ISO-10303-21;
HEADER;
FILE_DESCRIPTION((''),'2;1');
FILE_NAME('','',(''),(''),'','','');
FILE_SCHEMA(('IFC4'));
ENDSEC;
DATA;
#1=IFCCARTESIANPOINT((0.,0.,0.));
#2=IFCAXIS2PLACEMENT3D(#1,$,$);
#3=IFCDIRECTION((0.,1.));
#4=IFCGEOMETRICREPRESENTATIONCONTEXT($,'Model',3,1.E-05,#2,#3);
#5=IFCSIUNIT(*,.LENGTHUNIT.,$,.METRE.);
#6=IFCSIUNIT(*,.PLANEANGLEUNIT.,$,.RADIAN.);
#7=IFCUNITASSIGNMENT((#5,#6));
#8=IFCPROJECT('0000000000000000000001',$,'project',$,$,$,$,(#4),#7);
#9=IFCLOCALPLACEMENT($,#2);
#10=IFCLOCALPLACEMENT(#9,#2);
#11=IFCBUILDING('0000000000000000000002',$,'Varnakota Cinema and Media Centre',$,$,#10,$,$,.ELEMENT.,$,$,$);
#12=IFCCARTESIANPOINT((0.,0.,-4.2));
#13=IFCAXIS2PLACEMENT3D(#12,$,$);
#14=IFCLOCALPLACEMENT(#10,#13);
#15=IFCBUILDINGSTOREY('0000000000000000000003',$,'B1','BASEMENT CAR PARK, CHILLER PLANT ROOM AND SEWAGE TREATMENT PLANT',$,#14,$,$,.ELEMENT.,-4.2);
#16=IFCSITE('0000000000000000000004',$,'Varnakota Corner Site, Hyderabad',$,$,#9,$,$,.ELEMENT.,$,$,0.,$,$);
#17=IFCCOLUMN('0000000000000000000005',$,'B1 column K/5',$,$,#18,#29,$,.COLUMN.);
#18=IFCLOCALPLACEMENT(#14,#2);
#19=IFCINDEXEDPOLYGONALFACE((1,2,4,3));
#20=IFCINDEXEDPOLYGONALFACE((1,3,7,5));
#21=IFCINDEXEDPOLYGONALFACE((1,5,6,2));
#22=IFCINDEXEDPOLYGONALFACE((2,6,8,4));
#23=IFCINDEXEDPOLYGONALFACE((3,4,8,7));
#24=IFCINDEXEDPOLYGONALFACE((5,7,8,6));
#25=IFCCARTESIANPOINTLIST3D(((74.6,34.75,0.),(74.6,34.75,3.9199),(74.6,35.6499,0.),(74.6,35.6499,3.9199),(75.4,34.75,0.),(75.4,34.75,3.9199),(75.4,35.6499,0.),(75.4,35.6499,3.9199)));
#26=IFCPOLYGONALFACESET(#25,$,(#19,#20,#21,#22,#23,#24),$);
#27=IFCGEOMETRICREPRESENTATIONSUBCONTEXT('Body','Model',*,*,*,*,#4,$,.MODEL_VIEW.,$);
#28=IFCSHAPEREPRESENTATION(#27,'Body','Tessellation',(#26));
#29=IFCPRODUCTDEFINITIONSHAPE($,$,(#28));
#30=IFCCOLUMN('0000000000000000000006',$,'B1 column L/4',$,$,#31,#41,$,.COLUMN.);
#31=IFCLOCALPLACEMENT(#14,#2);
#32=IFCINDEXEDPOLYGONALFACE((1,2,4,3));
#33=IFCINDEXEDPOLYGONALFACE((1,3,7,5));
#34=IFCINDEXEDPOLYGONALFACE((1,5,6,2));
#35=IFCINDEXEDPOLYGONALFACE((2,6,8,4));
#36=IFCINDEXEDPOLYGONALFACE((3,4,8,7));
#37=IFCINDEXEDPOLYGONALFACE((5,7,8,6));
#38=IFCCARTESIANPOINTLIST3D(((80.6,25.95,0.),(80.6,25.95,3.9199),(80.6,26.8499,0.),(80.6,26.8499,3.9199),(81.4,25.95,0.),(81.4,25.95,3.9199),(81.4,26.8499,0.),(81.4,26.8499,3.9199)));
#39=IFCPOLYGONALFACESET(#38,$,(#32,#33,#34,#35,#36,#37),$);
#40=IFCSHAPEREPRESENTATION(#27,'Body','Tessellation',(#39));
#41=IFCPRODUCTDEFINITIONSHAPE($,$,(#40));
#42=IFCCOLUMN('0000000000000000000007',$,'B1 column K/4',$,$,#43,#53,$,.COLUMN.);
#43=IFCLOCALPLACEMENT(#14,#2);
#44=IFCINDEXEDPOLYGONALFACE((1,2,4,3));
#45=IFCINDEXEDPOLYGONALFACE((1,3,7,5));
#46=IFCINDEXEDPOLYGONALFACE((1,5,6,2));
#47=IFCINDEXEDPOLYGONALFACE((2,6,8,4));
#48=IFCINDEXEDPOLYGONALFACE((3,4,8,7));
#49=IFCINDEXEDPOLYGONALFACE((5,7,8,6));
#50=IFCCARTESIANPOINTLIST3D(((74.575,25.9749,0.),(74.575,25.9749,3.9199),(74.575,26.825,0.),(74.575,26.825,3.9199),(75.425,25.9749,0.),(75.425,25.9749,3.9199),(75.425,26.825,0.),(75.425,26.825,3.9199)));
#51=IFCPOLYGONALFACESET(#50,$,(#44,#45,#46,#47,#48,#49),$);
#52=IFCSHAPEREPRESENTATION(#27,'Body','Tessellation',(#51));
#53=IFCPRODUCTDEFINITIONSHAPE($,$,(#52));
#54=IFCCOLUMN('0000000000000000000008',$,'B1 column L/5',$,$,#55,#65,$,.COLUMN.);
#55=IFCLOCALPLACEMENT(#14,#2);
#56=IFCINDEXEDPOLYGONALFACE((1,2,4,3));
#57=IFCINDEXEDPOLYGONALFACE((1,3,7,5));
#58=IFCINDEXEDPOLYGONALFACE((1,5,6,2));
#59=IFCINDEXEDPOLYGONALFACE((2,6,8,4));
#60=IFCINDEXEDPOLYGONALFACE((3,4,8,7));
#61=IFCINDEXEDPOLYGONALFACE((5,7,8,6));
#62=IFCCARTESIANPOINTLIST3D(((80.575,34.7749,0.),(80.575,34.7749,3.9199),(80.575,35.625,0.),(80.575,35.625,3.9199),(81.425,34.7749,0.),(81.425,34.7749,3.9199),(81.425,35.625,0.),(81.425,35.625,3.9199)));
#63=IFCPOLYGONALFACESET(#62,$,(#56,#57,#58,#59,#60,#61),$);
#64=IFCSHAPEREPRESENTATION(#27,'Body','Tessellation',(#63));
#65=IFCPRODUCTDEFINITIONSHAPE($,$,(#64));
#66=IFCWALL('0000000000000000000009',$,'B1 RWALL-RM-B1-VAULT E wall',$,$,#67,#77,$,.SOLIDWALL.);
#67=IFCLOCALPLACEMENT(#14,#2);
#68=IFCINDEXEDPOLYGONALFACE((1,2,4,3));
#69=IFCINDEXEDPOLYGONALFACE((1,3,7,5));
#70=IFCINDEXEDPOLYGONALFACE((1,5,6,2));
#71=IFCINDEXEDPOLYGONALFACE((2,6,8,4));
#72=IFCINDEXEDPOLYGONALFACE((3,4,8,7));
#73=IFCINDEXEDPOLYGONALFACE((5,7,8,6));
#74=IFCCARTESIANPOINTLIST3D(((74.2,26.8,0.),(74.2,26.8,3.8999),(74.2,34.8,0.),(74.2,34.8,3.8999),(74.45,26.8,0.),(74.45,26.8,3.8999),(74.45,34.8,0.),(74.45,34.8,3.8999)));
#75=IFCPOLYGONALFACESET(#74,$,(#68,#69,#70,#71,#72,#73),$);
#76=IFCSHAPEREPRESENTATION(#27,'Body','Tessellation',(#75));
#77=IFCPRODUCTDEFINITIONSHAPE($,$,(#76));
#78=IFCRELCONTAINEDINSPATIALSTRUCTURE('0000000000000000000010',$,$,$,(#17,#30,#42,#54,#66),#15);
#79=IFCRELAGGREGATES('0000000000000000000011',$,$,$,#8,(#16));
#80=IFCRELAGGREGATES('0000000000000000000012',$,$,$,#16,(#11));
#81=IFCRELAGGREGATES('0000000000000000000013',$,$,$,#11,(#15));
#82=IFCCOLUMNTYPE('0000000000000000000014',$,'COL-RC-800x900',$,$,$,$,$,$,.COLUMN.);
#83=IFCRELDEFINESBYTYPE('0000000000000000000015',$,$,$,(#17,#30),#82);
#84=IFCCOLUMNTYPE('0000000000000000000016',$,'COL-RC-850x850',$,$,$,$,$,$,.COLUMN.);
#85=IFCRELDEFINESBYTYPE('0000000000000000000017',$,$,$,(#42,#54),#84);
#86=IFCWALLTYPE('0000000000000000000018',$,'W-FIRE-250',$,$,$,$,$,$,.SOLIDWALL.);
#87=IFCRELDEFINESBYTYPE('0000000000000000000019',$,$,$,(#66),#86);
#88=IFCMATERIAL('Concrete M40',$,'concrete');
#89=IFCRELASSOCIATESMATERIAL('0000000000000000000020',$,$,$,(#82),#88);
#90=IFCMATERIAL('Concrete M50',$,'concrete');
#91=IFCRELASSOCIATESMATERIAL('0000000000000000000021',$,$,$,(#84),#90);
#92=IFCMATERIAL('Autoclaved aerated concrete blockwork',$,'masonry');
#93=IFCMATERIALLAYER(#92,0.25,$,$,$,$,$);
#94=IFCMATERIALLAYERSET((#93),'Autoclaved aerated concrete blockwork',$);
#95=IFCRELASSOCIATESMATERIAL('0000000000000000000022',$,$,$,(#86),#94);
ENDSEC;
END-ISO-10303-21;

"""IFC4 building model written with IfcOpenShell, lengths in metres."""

from ifc_helpers import new_model, si_unit, direction, frame, frame_2d, origin, origin_2d, place, context, subcontext, project, spatial, rectangle, extrude, material, layer, layer_set, material_profile, profile_set, type_object, element, save


model = new_model("IFC4")

# Units and contexts
model_context = context("Model", 3, precision=1e-05, world=origin(), true_north=direction((0.0, 1.0)))
body_context = subcontext(model_context, "Body", "Model", "MODEL_VIEW")
ifc_project = project(units=[si_unit("LENGTHUNIT", "METRE"), si_unit("PLANEANGLEUNIT", "RADIAN")], contexts=[model_context])

# Site, building, storey
site_placement = place(None, origin())
site = spatial("IfcSite", under=ifc_project, at=site_placement, Name="Varnakota Corner Site, Hyderabad", CompositionType="ELEMENT", RefElevation=0.0)
building_placement = place(site_placement, origin())
building = spatial("IfcBuilding", under=site, at=building_placement, Name="Varnakota Cinema and Media Centre", CompositionType="ELEMENT")
storey_placement = place(building_placement, frame((0.0, 0.0, -4.2)))
storey = spatial("IfcBuildingStorey", under=building, at=storey_placement, Name="B1", Description="BASEMENT CAR PARK, CHILLER PLANT ROOM AND SEWAGE TREATMENT PLANT", CompositionType="ELEMENT", Elevation=-4.2)

# Columns
ifc_material_1 = material(Name="Concrete M40", Category="concrete")
ifc_material_profile_1 = material_profile(ifc_material_1, rectangle(XDim=0.8, YDim=0.8999, at=origin_2d()), Name="RC 800x900")
ifc_profile_set_1 = profile_set([ifc_material_profile_1], Name="Concrete M40")
column_type_1 = type_object("IfcColumnType", Name="COL-RC-800x900", PredefinedType="COLUMN", material=ifc_profile_set_1)
for number, where, z_axis, x_axis, name in (
    (1, (75.0, 35.2, 0.0), (0.0, 0.0, 1.0), (1.0, 0.0, 0.0), "B1 column K/5"),
    (2, (81.0, 26.3999, 0.0), (0.0, 0.0, 1.0), (1.0, 0.0, 0.0), "B1 column L/4"),
):
    element("IfcColumn", number, at=place(storey_placement, frame(where, z_axis=z_axis, x_axis=x_axis)), inside=storey, type_object=column_type_1, Name=name, PredefinedType="COLUMN", context=body_context, shape_type="SweptSolid", body=[
        extrude(rectangle(XDim=0.8, YDim=0.8999, at=origin_2d()), origin(), (0.0, 0.0, 1.0), 3.9199),
    ])
ifc_material_2 = material(Name="Concrete M50", Category="concrete")
ifc_material_profile_2 = material_profile(ifc_material_2, rectangle(XDim=0.8501, YDim=0.8501, at=origin_2d()), Name="RC 850x850")
ifc_profile_set_2 = profile_set([ifc_material_profile_2], Name="Concrete M50")
column_type_2 = type_object("IfcColumnType", Name="COL-RC-850x850", PredefinedType="COLUMN", material=ifc_profile_set_2)
for number, where, z_axis, x_axis, name in (
    (3, (75.0, 26.3999, 0.0), (0.0, 0.0, 1.0), (1.0, 0.0, 0.0), "B1 column K/4"),
    (4, (81.0, 35.2, 0.0), (0.0, 0.0, 1.0), (1.0, 0.0, 0.0), "B1 column L/5"),
):
    element("IfcColumn", number, at=place(storey_placement, frame(where, z_axis=z_axis, x_axis=x_axis)), inside=storey, type_object=column_type_2, Name=name, PredefinedType="COLUMN", context=body_context, shape_type="SweptSolid", body=[
        extrude(rectangle(XDim=0.8501, YDim=0.8501, at=origin_2d()), origin(), (0.0, 0.0, 1.0), 3.9199),
    ])

# Wall
ifc_material_3 = material(Name="Autoclaved aerated concrete blockwork", Category="masonry")
ifc_layer = layer(ifc_material_3, 0.25)
ifc_layer_set = layer_set([ifc_layer], Name="Autoclaved aerated concrete blockwork")
wall_type = type_object("IfcWallType", Name="W-FIRE-250", PredefinedType="SOLIDWALL", material=ifc_layer_set)
wall_placement = place(storey_placement, frame((74.325, 34.8, 0.0), z_axis=(0.0, 0.0, 1.0), x_axis=(0.0, -1.0, 0.0)))
element("IfcWall", 5, at=wall_placement, inside=storey, type_object=wall_type, Name="B1 RWALL-RM-B1-VAULT E wall", PredefinedType="SOLIDWALL", context=body_context, shape_type="SweptSolid", body=[
    extrude(rectangle(XDim=8.0, YDim=0.25, at=frame_2d((4.0, 0.0))), origin(), (0.0, 0.0, 1.0), 3.8999),
])

save(model, "model.ifc")
